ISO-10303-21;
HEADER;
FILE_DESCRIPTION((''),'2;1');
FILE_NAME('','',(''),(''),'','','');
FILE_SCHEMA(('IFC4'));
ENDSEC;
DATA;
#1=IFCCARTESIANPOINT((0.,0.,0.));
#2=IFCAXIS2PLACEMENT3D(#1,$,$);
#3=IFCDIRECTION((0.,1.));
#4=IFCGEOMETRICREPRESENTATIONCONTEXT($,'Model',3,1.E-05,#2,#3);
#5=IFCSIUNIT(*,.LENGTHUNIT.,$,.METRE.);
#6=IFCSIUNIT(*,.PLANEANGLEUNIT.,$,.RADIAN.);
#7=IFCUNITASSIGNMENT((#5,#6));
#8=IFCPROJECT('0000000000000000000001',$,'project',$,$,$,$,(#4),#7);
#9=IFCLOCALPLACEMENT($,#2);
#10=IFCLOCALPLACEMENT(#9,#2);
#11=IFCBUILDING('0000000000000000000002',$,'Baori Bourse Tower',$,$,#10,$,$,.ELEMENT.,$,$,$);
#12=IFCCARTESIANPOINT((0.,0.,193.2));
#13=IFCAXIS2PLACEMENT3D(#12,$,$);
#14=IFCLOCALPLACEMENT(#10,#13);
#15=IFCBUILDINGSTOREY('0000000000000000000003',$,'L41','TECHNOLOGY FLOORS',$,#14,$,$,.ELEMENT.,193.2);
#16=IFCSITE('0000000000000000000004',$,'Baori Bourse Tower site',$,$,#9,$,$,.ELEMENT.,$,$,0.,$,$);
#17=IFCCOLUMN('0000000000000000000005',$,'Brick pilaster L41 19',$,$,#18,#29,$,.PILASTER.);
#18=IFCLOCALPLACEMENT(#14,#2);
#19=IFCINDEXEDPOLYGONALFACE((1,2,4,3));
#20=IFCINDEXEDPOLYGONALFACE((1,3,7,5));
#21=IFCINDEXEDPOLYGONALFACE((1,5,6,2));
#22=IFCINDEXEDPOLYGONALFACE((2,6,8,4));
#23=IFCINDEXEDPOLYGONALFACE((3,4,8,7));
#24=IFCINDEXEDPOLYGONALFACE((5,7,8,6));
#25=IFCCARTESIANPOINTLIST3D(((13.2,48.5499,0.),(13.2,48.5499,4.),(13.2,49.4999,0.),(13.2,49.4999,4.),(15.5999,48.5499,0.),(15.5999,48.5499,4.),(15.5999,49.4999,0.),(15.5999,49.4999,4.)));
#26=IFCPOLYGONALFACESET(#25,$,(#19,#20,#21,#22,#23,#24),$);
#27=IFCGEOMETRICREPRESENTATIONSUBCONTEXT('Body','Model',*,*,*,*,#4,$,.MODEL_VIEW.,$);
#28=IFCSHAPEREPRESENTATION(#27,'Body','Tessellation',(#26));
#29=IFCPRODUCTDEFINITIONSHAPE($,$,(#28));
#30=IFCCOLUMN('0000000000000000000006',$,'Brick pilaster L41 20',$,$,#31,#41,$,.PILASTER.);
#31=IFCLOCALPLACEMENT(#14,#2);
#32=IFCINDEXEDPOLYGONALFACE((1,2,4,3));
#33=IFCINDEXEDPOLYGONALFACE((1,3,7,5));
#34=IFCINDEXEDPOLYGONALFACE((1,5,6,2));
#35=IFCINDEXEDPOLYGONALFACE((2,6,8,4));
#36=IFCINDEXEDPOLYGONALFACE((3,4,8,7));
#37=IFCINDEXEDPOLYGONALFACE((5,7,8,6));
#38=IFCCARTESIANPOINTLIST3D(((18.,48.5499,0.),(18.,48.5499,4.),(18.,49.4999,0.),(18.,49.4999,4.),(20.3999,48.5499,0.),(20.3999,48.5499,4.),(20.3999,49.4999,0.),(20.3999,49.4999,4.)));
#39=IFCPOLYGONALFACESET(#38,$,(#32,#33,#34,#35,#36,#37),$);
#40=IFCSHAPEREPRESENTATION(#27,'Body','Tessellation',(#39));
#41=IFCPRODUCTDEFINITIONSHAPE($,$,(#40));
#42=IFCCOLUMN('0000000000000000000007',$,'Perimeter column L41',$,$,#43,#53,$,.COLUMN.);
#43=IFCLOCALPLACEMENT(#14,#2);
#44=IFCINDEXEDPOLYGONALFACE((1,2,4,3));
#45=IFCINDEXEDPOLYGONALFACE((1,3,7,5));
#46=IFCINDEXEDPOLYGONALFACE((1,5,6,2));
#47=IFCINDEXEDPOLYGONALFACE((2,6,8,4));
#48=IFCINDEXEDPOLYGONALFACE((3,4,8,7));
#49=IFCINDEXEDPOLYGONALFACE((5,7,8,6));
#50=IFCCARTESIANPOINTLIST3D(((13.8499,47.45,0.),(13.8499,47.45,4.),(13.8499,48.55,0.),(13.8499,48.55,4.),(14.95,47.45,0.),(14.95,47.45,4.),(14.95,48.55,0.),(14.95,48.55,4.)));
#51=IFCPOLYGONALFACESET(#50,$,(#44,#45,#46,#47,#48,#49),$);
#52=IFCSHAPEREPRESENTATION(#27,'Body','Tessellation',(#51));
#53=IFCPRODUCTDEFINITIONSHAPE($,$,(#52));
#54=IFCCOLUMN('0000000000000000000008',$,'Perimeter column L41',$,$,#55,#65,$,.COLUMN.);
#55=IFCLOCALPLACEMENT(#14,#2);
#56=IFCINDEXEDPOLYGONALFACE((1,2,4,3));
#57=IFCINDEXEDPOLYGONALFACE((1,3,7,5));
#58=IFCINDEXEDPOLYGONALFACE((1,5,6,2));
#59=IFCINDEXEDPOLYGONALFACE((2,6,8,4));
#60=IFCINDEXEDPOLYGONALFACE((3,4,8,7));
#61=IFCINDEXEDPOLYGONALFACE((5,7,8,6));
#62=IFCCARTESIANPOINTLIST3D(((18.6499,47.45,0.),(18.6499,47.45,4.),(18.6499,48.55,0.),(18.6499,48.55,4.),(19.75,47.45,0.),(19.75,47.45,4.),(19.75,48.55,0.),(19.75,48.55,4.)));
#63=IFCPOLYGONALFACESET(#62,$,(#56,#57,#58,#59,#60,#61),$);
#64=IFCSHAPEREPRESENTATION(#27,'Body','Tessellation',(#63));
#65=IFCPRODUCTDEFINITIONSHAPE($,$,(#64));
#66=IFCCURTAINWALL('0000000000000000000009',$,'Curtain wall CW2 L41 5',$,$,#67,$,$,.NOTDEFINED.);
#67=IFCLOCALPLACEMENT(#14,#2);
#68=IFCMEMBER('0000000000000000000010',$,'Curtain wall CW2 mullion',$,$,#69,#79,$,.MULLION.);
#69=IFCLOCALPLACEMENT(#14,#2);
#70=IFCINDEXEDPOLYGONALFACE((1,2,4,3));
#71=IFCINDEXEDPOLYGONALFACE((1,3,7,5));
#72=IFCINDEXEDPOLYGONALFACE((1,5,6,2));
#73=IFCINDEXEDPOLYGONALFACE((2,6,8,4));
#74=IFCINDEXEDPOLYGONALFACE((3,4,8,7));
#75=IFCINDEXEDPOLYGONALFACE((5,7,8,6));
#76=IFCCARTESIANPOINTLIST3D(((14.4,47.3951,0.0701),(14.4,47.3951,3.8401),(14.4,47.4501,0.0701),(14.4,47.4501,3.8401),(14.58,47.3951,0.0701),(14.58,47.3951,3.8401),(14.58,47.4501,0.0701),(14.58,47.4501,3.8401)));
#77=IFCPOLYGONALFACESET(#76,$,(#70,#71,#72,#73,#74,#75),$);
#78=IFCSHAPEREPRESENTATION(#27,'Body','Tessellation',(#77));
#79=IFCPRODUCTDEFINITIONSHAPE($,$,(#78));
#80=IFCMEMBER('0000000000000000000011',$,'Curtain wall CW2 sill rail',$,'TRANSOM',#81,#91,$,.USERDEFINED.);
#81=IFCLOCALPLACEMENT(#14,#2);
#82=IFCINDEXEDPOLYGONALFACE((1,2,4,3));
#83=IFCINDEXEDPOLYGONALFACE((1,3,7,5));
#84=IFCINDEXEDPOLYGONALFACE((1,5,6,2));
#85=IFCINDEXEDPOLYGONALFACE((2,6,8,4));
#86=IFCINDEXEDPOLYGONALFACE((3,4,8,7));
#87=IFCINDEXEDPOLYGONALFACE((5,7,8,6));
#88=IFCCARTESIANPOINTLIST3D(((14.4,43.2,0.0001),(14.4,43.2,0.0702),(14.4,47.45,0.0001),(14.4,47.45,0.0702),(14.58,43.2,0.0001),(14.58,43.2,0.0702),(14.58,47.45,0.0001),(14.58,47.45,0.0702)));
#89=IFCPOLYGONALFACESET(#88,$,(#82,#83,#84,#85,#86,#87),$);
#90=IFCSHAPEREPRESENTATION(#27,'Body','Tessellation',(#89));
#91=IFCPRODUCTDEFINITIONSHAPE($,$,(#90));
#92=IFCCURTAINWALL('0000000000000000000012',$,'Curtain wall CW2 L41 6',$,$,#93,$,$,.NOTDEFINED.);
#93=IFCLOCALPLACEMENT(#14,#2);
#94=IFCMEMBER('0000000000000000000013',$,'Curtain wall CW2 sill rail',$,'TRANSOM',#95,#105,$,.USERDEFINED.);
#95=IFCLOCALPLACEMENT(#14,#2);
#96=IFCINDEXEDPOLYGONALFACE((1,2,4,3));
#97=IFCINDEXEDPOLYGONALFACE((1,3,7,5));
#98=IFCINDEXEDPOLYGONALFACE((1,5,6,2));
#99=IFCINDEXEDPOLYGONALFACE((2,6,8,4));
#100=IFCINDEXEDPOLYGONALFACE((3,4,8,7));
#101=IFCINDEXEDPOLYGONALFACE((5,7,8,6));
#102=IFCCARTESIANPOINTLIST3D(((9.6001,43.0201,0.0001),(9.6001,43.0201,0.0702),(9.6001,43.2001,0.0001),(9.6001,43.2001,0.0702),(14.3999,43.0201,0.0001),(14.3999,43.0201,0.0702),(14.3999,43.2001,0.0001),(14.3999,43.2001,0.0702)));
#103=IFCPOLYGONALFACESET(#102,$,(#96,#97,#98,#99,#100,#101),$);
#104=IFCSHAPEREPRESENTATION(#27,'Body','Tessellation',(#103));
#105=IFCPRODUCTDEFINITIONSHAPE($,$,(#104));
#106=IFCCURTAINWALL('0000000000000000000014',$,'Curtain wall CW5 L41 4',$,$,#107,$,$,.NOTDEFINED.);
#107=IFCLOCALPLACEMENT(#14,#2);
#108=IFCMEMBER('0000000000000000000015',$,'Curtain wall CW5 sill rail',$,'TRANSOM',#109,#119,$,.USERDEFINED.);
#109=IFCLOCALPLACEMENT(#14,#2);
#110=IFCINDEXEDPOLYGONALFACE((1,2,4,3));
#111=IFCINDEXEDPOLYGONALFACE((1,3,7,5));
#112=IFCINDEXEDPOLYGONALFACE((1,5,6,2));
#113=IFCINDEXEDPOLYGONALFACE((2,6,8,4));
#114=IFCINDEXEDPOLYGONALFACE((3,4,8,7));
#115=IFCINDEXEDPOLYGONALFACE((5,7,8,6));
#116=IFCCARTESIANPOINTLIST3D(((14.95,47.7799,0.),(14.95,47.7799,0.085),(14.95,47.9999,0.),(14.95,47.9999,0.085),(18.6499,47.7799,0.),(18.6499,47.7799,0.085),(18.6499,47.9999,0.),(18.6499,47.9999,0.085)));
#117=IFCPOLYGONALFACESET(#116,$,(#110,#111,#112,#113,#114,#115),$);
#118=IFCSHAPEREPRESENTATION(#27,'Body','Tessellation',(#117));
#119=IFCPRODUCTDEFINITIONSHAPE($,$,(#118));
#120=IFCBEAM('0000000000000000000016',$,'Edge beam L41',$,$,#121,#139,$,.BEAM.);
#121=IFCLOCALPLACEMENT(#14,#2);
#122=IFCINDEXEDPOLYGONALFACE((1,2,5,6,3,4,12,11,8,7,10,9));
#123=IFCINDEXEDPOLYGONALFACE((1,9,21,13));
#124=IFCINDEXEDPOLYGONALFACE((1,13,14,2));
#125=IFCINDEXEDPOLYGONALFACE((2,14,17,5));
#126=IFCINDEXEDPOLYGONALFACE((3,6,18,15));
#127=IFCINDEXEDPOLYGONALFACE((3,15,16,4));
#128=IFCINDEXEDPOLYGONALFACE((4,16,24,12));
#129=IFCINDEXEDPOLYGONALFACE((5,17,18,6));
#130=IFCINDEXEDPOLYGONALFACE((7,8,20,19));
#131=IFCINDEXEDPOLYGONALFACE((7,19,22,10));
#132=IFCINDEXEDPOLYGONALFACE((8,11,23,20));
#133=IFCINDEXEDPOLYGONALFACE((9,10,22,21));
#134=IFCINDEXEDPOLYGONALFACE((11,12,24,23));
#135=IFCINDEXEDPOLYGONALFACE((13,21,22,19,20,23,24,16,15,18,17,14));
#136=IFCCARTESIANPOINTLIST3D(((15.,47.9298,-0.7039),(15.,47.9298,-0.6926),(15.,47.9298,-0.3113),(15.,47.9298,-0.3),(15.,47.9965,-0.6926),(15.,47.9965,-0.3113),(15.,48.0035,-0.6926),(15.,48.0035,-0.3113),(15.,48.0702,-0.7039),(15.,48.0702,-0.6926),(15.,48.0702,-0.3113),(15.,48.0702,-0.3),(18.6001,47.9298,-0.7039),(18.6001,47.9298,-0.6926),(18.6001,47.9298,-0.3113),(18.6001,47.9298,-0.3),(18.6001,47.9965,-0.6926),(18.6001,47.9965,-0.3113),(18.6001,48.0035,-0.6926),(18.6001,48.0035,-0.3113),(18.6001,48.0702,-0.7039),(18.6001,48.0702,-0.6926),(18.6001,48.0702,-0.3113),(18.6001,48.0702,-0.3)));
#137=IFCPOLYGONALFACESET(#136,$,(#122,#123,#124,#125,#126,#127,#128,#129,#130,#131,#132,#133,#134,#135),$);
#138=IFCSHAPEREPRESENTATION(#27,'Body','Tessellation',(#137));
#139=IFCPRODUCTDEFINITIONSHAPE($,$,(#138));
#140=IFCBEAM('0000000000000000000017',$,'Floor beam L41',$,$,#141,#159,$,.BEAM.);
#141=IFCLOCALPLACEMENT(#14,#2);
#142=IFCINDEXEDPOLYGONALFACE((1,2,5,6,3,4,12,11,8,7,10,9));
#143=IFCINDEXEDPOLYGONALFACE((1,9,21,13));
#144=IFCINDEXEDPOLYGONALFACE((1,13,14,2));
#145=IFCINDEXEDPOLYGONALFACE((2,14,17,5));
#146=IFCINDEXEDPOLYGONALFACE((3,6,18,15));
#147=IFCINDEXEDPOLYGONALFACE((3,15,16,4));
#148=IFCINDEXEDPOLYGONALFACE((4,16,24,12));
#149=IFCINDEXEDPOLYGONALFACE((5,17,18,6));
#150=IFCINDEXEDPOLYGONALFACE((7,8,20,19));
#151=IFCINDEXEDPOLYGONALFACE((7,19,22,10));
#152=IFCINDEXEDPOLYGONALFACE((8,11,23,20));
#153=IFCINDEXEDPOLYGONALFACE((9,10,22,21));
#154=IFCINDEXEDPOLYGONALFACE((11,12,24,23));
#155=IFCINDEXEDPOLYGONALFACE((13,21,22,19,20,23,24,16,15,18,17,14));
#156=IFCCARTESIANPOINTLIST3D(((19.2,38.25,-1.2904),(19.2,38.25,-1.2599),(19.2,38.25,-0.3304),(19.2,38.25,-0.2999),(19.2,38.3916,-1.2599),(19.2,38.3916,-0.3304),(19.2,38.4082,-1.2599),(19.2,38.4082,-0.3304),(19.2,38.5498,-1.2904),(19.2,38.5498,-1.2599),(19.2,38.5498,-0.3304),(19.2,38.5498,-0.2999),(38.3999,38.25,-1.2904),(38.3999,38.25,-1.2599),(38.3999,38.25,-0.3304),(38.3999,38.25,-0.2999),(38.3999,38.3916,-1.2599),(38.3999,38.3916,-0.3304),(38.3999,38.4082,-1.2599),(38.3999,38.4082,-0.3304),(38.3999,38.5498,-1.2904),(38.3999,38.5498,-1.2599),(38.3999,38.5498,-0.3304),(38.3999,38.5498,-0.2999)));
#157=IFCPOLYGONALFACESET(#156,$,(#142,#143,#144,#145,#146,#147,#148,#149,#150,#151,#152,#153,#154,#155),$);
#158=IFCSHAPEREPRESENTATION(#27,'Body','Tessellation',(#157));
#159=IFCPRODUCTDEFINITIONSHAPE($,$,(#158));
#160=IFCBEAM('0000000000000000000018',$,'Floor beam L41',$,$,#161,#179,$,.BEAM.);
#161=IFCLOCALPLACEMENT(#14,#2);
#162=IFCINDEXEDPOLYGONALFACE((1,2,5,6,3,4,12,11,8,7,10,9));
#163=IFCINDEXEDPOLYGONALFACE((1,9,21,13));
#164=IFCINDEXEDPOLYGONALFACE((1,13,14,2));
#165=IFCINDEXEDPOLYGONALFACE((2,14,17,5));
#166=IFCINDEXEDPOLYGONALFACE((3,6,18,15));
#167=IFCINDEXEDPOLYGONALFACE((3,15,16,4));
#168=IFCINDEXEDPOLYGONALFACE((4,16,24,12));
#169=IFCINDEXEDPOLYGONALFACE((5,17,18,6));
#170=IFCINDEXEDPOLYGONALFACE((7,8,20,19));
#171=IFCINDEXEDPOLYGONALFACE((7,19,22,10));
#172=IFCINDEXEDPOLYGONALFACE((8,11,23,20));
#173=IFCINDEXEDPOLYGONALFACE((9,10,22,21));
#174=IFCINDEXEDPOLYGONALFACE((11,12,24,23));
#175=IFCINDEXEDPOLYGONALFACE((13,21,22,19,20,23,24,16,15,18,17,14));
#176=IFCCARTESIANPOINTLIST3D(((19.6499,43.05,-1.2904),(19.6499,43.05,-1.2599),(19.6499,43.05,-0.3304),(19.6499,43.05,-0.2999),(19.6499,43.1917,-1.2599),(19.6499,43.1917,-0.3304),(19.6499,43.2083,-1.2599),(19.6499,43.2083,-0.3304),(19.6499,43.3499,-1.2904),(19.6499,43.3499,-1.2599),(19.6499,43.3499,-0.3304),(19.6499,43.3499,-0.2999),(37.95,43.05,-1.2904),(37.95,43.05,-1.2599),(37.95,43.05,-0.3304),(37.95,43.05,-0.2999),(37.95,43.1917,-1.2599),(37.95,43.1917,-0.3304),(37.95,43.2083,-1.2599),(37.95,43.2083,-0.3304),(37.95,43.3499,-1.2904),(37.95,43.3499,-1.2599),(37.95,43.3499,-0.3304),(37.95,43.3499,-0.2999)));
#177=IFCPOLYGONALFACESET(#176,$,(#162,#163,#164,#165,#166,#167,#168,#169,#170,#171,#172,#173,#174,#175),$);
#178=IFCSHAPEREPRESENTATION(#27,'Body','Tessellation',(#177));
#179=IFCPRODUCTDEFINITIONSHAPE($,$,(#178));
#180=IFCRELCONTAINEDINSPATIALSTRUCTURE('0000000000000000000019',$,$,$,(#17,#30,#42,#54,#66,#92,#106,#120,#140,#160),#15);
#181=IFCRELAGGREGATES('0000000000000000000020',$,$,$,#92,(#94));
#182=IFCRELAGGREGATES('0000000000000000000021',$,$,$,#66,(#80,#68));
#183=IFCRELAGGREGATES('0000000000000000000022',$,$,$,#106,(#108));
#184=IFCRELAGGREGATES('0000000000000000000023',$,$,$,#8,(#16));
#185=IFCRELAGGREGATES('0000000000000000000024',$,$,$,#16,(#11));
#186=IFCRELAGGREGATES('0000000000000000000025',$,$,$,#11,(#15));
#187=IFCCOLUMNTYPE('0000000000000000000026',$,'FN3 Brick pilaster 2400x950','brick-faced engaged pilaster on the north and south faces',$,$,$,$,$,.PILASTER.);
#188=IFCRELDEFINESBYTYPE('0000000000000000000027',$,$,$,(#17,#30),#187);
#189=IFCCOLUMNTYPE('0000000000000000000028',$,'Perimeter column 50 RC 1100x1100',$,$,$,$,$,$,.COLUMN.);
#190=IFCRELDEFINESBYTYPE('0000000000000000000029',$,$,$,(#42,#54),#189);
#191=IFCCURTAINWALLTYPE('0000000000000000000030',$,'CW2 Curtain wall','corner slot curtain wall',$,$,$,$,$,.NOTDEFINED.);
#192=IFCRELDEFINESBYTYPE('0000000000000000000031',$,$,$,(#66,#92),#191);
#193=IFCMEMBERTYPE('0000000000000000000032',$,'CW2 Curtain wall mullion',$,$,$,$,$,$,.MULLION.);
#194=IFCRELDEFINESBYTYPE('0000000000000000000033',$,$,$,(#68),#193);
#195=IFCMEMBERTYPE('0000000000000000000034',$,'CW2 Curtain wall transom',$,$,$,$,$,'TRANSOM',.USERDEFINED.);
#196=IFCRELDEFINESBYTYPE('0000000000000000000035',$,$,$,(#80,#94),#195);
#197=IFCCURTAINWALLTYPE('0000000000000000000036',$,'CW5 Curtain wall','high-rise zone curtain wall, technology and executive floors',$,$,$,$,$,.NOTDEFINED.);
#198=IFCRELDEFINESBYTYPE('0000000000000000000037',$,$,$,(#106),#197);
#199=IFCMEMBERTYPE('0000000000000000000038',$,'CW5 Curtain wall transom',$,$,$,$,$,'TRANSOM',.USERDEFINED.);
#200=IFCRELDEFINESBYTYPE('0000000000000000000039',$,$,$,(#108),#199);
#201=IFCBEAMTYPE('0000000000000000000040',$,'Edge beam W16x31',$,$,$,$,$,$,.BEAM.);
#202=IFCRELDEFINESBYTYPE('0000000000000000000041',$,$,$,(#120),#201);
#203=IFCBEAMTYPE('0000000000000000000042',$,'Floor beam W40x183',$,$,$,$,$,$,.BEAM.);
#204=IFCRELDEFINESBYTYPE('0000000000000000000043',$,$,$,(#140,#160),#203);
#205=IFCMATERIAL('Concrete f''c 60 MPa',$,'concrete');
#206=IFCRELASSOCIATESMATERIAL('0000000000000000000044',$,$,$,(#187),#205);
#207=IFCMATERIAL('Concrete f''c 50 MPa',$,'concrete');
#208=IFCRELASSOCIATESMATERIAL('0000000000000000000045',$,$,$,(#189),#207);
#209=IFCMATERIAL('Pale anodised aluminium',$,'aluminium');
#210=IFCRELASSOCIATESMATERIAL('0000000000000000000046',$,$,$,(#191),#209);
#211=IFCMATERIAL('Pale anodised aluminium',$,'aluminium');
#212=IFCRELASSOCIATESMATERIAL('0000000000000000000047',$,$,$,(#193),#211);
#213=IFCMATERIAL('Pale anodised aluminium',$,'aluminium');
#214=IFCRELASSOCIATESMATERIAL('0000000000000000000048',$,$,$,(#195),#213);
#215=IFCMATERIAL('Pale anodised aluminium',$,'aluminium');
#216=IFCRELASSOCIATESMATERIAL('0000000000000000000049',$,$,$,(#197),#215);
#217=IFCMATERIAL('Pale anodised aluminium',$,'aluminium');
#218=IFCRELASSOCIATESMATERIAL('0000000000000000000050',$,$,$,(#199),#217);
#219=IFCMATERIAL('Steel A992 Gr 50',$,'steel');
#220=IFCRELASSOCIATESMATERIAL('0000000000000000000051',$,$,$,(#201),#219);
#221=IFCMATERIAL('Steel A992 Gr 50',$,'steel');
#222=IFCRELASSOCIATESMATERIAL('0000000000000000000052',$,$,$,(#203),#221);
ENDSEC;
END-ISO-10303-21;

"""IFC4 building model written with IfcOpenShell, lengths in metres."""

from ifc_helpers import new_model, si_unit, direction, frame, origin, origin_2d, place, context, subcontext, project, spatial, rectangle, i_section, extrude, material, material_profile, profile_set, type_object, element, aggregate, save


model = new_model("IFC4")

# Units and contexts
model_context = context("Model", 3, precision=1e-05, world=origin(), true_north=direction((0.0, 1.0)))
body_context = subcontext(model_context, "Body", "Model", "MODEL_VIEW")
ifc_project = project(units=[si_unit("LENGTHUNIT", "METRE"), si_unit("PLANEANGLEUNIT", "RADIAN")], contexts=[model_context])

# Site, building, storey
site_placement = place(None, origin())
site = spatial("IfcSite", under=ifc_project, at=site_placement, Name="Baori Bourse Tower site", CompositionType="ELEMENT", RefElevation=0.0)
building_placement = place(site_placement, origin())
building = spatial("IfcBuilding", under=site, at=building_placement, Name="Baori Bourse Tower", CompositionType="ELEMENT")
storey_placement = place(building_placement, frame((0.0, 0.0, 193.2)))
storey = spatial("IfcBuildingStorey", under=building, at=storey_placement, Name="L41", Description="TECHNOLOGY FLOORS", CompositionType="ELEMENT", Elevation=193.2)

# Columns
ifc_material_1 = material(Name="Concrete f'c 60 MPa", Category="concrete")
ifc_material_profile_1 = material_profile(ifc_material_1, rectangle(XDim=2.3999, YDim=0.95, at=origin_2d()), Name="RC 2400x950")
ifc_profile_set_1 = profile_set([ifc_material_profile_1], Name="Concrete f'c 60 MPa")
column_type_1 = type_object("IfcColumnType", Name="FN3 Brick pilaster 2400x950", Description="brick-faced engaged pilaster on the north and south faces", PredefinedType="PILASTER", material=ifc_profile_set_1)
for number, where, z_axis, x_axis, name in (
    (1, (14.3999, 49.0249, 0.0), (0.0, 0.0, 1.0), (1.0, 0.0, 0.0), "Brick pilaster L41 19"),
    (2, (19.2, 49.0249, 0.0), (0.0, 0.0, 1.0), (1.0, 0.0, 0.0), "Brick pilaster L41 20"),
):
    element("IfcColumn", number, at=place(storey_placement, frame(where, z_axis=z_axis, x_axis=x_axis)), inside=storey, type_object=column_type_1, Name=name, PredefinedType="PILASTER", context=body_context, shape_type="SweptSolid", body=[
        extrude(rectangle(XDim=2.3999, YDim=0.95, at=origin_2d()), origin(), (0.0, 0.0, 1.0), 4.0),
    ])
ifc_material_2 = material(Name="Concrete f'c 50 MPa", Category="concrete")
ifc_material_profile_2 = material_profile(ifc_material_2, rectangle(XDim=1.1001, YDim=1.1001, at=origin_2d()), Name="RC 1100x1100")
ifc_profile_set_2 = profile_set([ifc_material_profile_2], Name="Concrete f'c 50 MPa")
column_type_2 = type_object("IfcColumnType", Name="Perimeter column 50 RC 1100x1100", PredefinedType="COLUMN", material=ifc_profile_set_2)
for number, where, z_axis, x_axis, name in (
    (3, (14.3999, 48.0, 0.0), (0.0, 0.0, 1.0), (1.0, 0.0, 0.0), "Perimeter column L41"),
    (4, (19.2, 48.0, 0.0), (0.0, 0.0, 1.0), (1.0, 0.0, 0.0), "Perimeter column L41"),
):
    element("IfcColumn", number, at=place(storey_placement, frame(where, z_axis=z_axis, x_axis=x_axis)), inside=storey, type_object=column_type_2, Name=name, PredefinedType="COLUMN", context=body_context, shape_type="SweptSolid", body=[
        extrude(rectangle(XDim=1.1001, YDim=1.1001, at=origin_2d()), origin(), (0.0, 0.0, 1.0), 4.0),
    ])

# Curtain wall, members
ifc_material_3 = material(Name="Pale anodised aluminium", Category="aluminium")
curtain_wall_type_1 = type_object("IfcCurtainWallType", Name="CW2 Curtain wall", Description="corner slot curtain wall", PredefinedType="NOTDEFINED", material=ifc_material_3)
curtain_wall_1_placement = place(storey_placement, origin())
curtain_wall_1 = element("IfcCurtainWall", 5, at=curtain_wall_1_placement, inside=storey, type_object=curtain_wall_type_1, Name="Curtain wall CW2 L41 5", PredefinedType="NOTDEFINED")
ifc_material_4 = material(Name="Pale anodised aluminium", Category="aluminium")
ifc_material_profile_3 = material_profile(ifc_material_4, rectangle(XDim=0.1799, YDim=0.0549, at=origin_2d()), Name="Mullion 55x180")
ifc_profile_set_3 = profile_set([ifc_material_profile_3], Name="Pale anodised aluminium")
member_type_1 = type_object("IfcMemberType", Name="CW2 Curtain wall mullion", PredefinedType="MULLION", material=ifc_profile_set_3)
member_1_placement = place(storey_placement, frame((14.49, 47.4226, 0.0701), z_axis=(0.0, 0.0, 1.0), x_axis=(1.0, 0.0, 0.0)))
member_1 = element("IfcMember", 6, at=member_1_placement, type_object=member_type_1, Name="Curtain wall CW2 mullion", PredefinedType="MULLION", context=body_context, shape_type="SweptSolid", body=[
    extrude(rectangle(XDim=0.1799, YDim=0.0549, at=origin_2d()), origin(), (0.0, 0.0, 1.0), 3.77),
])
ifc_material_5 = material(Name="Pale anodised aluminium", Category="aluminium")
ifc_material_profile_4 = material_profile(ifc_material_5, rectangle(XDim=0.1799, YDim=0.0701, at=origin_2d()), Name="Transom 70x180")
ifc_profile_set_4 = profile_set([ifc_material_profile_4], Name="Pale anodised aluminium")
member_type_2 = type_object("IfcMemberType", Name="CW2 Curtain wall transom", ElementType="TRANSOM", PredefinedType="USERDEFINED", material=ifc_profile_set_4)
member_2_placement = place(storey_placement, frame((14.49, 47.45, 0.0352), z_axis=(0.0, -1.0, 0.0), x_axis=(1.0, 0.0, 0.0)))
member_2 = element("IfcMember", 7, at=member_2_placement, type_object=member_type_2, Name="Curtain wall CW2 sill rail", ObjectType="TRANSOM", PredefinedType="USERDEFINED", context=body_context, shape_type="SweptSolid", body=[
    extrude(rectangle(XDim=0.1799, YDim=0.0701, at=origin_2d()), origin(), (0.0, 0.0, 1.0), 4.25),
])

# Curtain walls, members
curtain_wall_2_placement = place(storey_placement, origin())
curtain_wall_2 = element("IfcCurtainWall", 8, at=curtain_wall_2_placement, inside=storey, type_object=curtain_wall_type_1, Name="Curtain wall CW2 L41 6", PredefinedType="NOTDEFINED")
member_3_placement = place(storey_placement, frame((14.3999, 43.1101, 0.0352), z_axis=(-1.0, 0.0, 0.0), x_axis=(0.0, -1.0, 0.0)))
member_3 = element("IfcMember", 9, at=member_3_placement, type_object=member_type_2, Name="Curtain wall CW2 sill rail", ObjectType="TRANSOM", PredefinedType="USERDEFINED", context=body_context, shape_type="SweptSolid", body=[
    extrude(rectangle(XDim=0.1799, YDim=0.0701, at=origin_2d()), origin(), (0.0, 0.0, 1.0), 4.7998),
])
aggregate(curtain_wall_2, [member_3])
ifc_material_6 = material(Name="Pale anodised aluminium", Category="aluminium")
curtain_wall_type_2 = type_object("IfcCurtainWallType", Name="CW5 Curtain wall", Description="high-rise zone curtain wall, technology and executive floors", PredefinedType="NOTDEFINED", material=ifc_material_6)
curtain_wall_3_placement = place(storey_placement, origin())
curtain_wall_3 = element("IfcCurtainWall", 10, at=curtain_wall_3_placement, inside=storey, type_object=curtain_wall_type_2, Name="Curtain wall CW5 L41 4", PredefinedType="NOTDEFINED")
ifc_material_7 = material(Name="Pale anodised aluminium", Category="aluminium")
ifc_material_profile_5 = material_profile(ifc_material_7, rectangle(XDim=0.22, YDim=0.085, at=origin_2d()), Name="Transom 85x220")
ifc_profile_set_5 = profile_set([ifc_material_profile_5], Name="Pale anodised aluminium")
member_type_3 = type_object("IfcMemberType", Name="CW5 Curtain wall transom", ElementType="TRANSOM", PredefinedType="USERDEFINED", material=ifc_profile_set_5)
member_4_placement = place(storey_placement, frame((18.6499, 47.8899, 0.0425), z_axis=(-1.0, 0.0, 0.0), x_axis=(0.0, -1.0, 0.0)))
member_4 = element("IfcMember", 11, at=member_4_placement, type_object=member_type_3, Name="Curtain wall CW5 sill rail", ObjectType="TRANSOM", PredefinedType="USERDEFINED", context=body_context, shape_type="SweptSolid", body=[
    extrude(rectangle(XDim=0.22, YDim=0.085, at=origin_2d()), origin(), (0.0, 0.0, 1.0), 3.7),
])

# Beams
ifc_material_8 = material(Name="Steel A992 Gr 50", Category="steel")
ifc_material_profile_6 = material_profile(ifc_material_8, i_section(OverallWidth=0.1404, OverallDepth=0.4038, WebThickness=0.0071, FlangeThickness=0.0112, at=origin_2d()), Name="W16x31")
ifc_profile_set_6 = profile_set([ifc_material_profile_6], Name="Steel A992 Gr 50")
beam_type_1 = type_object("IfcBeamType", Name="Edge beam W16x31", PredefinedType="BEAM", material=ifc_profile_set_6)
beam_1_placement = place(storey_placement, frame((15.0, 48.0, -0.502), z_axis=(1.0, 0.0, 0.0), x_axis=(0.0, 1.0, 0.0)))
element("IfcBeam", 12, at=beam_1_placement, inside=storey, type_object=beam_type_1, Name="Edge beam L41", PredefinedType="BEAM", context=body_context, shape_type="SweptSolid", body=[
    extrude(i_section(OverallWidth=0.1404, OverallDepth=0.4038, WebThickness=0.0071, FlangeThickness=0.0112, at=origin_2d()), origin(), (0.0, 0.0, 1.0), 3.6001),
])
ifc_material_9 = material(Name="Steel A992 Gr 50", Category="steel")
ifc_material_profile_7 = material_profile(ifc_material_9, i_section(OverallWidth=0.2998, OverallDepth=0.9905, WebThickness=0.0166, FlangeThickness=0.0305, at=origin_2d()), Name="W40x183")
ifc_profile_set_7 = profile_set([ifc_material_profile_7], Name="Steel A992 Gr 50")
beam_type_2 = type_object("IfcBeamType", Name="Floor beam W40x183", PredefinedType="BEAM", material=ifc_profile_set_7)
beam_2_placement = place(storey_placement, frame((19.2, 38.3999, -0.7952), z_axis=(1.0, 0.0, 0.0), x_axis=(0.0, 1.0, 0.0)))
element("IfcBeam", 13, at=beam_2_placement, inside=storey, type_object=beam_type_2, Name="Floor beam L41", PredefinedType="BEAM", context=body_context, shape_type="SweptSolid", body=[
    extrude(i_section(OverallWidth=0.2998, OverallDepth=0.9905, WebThickness=0.0166, FlangeThickness=0.0305, at=origin_2d()), origin(), (0.0, 0.0, 1.0), 19.2),
])
beam_3_placement = place(storey_placement, frame((19.6499, 43.2, -0.7952), z_axis=(1.0, 0.0, 0.0), x_axis=(0.0, 1.0, 0.0)))
element("IfcBeam", 14, at=beam_3_placement, inside=storey, type_object=beam_type_2, Name="Floor beam L41", PredefinedType="BEAM", context=body_context, shape_type="SweptSolid", body=[
    extrude(i_section(OverallWidth=0.2998, OverallDepth=0.9905, WebThickness=0.0166, FlangeThickness=0.0305, at=origin_2d()), origin(), (0.0, 0.0, 1.0), 18.3),
])

aggregate(curtain_wall_1, [member_2, member_1])
aggregate(curtain_wall_3, [member_4])

save(model, "model.ifc")
